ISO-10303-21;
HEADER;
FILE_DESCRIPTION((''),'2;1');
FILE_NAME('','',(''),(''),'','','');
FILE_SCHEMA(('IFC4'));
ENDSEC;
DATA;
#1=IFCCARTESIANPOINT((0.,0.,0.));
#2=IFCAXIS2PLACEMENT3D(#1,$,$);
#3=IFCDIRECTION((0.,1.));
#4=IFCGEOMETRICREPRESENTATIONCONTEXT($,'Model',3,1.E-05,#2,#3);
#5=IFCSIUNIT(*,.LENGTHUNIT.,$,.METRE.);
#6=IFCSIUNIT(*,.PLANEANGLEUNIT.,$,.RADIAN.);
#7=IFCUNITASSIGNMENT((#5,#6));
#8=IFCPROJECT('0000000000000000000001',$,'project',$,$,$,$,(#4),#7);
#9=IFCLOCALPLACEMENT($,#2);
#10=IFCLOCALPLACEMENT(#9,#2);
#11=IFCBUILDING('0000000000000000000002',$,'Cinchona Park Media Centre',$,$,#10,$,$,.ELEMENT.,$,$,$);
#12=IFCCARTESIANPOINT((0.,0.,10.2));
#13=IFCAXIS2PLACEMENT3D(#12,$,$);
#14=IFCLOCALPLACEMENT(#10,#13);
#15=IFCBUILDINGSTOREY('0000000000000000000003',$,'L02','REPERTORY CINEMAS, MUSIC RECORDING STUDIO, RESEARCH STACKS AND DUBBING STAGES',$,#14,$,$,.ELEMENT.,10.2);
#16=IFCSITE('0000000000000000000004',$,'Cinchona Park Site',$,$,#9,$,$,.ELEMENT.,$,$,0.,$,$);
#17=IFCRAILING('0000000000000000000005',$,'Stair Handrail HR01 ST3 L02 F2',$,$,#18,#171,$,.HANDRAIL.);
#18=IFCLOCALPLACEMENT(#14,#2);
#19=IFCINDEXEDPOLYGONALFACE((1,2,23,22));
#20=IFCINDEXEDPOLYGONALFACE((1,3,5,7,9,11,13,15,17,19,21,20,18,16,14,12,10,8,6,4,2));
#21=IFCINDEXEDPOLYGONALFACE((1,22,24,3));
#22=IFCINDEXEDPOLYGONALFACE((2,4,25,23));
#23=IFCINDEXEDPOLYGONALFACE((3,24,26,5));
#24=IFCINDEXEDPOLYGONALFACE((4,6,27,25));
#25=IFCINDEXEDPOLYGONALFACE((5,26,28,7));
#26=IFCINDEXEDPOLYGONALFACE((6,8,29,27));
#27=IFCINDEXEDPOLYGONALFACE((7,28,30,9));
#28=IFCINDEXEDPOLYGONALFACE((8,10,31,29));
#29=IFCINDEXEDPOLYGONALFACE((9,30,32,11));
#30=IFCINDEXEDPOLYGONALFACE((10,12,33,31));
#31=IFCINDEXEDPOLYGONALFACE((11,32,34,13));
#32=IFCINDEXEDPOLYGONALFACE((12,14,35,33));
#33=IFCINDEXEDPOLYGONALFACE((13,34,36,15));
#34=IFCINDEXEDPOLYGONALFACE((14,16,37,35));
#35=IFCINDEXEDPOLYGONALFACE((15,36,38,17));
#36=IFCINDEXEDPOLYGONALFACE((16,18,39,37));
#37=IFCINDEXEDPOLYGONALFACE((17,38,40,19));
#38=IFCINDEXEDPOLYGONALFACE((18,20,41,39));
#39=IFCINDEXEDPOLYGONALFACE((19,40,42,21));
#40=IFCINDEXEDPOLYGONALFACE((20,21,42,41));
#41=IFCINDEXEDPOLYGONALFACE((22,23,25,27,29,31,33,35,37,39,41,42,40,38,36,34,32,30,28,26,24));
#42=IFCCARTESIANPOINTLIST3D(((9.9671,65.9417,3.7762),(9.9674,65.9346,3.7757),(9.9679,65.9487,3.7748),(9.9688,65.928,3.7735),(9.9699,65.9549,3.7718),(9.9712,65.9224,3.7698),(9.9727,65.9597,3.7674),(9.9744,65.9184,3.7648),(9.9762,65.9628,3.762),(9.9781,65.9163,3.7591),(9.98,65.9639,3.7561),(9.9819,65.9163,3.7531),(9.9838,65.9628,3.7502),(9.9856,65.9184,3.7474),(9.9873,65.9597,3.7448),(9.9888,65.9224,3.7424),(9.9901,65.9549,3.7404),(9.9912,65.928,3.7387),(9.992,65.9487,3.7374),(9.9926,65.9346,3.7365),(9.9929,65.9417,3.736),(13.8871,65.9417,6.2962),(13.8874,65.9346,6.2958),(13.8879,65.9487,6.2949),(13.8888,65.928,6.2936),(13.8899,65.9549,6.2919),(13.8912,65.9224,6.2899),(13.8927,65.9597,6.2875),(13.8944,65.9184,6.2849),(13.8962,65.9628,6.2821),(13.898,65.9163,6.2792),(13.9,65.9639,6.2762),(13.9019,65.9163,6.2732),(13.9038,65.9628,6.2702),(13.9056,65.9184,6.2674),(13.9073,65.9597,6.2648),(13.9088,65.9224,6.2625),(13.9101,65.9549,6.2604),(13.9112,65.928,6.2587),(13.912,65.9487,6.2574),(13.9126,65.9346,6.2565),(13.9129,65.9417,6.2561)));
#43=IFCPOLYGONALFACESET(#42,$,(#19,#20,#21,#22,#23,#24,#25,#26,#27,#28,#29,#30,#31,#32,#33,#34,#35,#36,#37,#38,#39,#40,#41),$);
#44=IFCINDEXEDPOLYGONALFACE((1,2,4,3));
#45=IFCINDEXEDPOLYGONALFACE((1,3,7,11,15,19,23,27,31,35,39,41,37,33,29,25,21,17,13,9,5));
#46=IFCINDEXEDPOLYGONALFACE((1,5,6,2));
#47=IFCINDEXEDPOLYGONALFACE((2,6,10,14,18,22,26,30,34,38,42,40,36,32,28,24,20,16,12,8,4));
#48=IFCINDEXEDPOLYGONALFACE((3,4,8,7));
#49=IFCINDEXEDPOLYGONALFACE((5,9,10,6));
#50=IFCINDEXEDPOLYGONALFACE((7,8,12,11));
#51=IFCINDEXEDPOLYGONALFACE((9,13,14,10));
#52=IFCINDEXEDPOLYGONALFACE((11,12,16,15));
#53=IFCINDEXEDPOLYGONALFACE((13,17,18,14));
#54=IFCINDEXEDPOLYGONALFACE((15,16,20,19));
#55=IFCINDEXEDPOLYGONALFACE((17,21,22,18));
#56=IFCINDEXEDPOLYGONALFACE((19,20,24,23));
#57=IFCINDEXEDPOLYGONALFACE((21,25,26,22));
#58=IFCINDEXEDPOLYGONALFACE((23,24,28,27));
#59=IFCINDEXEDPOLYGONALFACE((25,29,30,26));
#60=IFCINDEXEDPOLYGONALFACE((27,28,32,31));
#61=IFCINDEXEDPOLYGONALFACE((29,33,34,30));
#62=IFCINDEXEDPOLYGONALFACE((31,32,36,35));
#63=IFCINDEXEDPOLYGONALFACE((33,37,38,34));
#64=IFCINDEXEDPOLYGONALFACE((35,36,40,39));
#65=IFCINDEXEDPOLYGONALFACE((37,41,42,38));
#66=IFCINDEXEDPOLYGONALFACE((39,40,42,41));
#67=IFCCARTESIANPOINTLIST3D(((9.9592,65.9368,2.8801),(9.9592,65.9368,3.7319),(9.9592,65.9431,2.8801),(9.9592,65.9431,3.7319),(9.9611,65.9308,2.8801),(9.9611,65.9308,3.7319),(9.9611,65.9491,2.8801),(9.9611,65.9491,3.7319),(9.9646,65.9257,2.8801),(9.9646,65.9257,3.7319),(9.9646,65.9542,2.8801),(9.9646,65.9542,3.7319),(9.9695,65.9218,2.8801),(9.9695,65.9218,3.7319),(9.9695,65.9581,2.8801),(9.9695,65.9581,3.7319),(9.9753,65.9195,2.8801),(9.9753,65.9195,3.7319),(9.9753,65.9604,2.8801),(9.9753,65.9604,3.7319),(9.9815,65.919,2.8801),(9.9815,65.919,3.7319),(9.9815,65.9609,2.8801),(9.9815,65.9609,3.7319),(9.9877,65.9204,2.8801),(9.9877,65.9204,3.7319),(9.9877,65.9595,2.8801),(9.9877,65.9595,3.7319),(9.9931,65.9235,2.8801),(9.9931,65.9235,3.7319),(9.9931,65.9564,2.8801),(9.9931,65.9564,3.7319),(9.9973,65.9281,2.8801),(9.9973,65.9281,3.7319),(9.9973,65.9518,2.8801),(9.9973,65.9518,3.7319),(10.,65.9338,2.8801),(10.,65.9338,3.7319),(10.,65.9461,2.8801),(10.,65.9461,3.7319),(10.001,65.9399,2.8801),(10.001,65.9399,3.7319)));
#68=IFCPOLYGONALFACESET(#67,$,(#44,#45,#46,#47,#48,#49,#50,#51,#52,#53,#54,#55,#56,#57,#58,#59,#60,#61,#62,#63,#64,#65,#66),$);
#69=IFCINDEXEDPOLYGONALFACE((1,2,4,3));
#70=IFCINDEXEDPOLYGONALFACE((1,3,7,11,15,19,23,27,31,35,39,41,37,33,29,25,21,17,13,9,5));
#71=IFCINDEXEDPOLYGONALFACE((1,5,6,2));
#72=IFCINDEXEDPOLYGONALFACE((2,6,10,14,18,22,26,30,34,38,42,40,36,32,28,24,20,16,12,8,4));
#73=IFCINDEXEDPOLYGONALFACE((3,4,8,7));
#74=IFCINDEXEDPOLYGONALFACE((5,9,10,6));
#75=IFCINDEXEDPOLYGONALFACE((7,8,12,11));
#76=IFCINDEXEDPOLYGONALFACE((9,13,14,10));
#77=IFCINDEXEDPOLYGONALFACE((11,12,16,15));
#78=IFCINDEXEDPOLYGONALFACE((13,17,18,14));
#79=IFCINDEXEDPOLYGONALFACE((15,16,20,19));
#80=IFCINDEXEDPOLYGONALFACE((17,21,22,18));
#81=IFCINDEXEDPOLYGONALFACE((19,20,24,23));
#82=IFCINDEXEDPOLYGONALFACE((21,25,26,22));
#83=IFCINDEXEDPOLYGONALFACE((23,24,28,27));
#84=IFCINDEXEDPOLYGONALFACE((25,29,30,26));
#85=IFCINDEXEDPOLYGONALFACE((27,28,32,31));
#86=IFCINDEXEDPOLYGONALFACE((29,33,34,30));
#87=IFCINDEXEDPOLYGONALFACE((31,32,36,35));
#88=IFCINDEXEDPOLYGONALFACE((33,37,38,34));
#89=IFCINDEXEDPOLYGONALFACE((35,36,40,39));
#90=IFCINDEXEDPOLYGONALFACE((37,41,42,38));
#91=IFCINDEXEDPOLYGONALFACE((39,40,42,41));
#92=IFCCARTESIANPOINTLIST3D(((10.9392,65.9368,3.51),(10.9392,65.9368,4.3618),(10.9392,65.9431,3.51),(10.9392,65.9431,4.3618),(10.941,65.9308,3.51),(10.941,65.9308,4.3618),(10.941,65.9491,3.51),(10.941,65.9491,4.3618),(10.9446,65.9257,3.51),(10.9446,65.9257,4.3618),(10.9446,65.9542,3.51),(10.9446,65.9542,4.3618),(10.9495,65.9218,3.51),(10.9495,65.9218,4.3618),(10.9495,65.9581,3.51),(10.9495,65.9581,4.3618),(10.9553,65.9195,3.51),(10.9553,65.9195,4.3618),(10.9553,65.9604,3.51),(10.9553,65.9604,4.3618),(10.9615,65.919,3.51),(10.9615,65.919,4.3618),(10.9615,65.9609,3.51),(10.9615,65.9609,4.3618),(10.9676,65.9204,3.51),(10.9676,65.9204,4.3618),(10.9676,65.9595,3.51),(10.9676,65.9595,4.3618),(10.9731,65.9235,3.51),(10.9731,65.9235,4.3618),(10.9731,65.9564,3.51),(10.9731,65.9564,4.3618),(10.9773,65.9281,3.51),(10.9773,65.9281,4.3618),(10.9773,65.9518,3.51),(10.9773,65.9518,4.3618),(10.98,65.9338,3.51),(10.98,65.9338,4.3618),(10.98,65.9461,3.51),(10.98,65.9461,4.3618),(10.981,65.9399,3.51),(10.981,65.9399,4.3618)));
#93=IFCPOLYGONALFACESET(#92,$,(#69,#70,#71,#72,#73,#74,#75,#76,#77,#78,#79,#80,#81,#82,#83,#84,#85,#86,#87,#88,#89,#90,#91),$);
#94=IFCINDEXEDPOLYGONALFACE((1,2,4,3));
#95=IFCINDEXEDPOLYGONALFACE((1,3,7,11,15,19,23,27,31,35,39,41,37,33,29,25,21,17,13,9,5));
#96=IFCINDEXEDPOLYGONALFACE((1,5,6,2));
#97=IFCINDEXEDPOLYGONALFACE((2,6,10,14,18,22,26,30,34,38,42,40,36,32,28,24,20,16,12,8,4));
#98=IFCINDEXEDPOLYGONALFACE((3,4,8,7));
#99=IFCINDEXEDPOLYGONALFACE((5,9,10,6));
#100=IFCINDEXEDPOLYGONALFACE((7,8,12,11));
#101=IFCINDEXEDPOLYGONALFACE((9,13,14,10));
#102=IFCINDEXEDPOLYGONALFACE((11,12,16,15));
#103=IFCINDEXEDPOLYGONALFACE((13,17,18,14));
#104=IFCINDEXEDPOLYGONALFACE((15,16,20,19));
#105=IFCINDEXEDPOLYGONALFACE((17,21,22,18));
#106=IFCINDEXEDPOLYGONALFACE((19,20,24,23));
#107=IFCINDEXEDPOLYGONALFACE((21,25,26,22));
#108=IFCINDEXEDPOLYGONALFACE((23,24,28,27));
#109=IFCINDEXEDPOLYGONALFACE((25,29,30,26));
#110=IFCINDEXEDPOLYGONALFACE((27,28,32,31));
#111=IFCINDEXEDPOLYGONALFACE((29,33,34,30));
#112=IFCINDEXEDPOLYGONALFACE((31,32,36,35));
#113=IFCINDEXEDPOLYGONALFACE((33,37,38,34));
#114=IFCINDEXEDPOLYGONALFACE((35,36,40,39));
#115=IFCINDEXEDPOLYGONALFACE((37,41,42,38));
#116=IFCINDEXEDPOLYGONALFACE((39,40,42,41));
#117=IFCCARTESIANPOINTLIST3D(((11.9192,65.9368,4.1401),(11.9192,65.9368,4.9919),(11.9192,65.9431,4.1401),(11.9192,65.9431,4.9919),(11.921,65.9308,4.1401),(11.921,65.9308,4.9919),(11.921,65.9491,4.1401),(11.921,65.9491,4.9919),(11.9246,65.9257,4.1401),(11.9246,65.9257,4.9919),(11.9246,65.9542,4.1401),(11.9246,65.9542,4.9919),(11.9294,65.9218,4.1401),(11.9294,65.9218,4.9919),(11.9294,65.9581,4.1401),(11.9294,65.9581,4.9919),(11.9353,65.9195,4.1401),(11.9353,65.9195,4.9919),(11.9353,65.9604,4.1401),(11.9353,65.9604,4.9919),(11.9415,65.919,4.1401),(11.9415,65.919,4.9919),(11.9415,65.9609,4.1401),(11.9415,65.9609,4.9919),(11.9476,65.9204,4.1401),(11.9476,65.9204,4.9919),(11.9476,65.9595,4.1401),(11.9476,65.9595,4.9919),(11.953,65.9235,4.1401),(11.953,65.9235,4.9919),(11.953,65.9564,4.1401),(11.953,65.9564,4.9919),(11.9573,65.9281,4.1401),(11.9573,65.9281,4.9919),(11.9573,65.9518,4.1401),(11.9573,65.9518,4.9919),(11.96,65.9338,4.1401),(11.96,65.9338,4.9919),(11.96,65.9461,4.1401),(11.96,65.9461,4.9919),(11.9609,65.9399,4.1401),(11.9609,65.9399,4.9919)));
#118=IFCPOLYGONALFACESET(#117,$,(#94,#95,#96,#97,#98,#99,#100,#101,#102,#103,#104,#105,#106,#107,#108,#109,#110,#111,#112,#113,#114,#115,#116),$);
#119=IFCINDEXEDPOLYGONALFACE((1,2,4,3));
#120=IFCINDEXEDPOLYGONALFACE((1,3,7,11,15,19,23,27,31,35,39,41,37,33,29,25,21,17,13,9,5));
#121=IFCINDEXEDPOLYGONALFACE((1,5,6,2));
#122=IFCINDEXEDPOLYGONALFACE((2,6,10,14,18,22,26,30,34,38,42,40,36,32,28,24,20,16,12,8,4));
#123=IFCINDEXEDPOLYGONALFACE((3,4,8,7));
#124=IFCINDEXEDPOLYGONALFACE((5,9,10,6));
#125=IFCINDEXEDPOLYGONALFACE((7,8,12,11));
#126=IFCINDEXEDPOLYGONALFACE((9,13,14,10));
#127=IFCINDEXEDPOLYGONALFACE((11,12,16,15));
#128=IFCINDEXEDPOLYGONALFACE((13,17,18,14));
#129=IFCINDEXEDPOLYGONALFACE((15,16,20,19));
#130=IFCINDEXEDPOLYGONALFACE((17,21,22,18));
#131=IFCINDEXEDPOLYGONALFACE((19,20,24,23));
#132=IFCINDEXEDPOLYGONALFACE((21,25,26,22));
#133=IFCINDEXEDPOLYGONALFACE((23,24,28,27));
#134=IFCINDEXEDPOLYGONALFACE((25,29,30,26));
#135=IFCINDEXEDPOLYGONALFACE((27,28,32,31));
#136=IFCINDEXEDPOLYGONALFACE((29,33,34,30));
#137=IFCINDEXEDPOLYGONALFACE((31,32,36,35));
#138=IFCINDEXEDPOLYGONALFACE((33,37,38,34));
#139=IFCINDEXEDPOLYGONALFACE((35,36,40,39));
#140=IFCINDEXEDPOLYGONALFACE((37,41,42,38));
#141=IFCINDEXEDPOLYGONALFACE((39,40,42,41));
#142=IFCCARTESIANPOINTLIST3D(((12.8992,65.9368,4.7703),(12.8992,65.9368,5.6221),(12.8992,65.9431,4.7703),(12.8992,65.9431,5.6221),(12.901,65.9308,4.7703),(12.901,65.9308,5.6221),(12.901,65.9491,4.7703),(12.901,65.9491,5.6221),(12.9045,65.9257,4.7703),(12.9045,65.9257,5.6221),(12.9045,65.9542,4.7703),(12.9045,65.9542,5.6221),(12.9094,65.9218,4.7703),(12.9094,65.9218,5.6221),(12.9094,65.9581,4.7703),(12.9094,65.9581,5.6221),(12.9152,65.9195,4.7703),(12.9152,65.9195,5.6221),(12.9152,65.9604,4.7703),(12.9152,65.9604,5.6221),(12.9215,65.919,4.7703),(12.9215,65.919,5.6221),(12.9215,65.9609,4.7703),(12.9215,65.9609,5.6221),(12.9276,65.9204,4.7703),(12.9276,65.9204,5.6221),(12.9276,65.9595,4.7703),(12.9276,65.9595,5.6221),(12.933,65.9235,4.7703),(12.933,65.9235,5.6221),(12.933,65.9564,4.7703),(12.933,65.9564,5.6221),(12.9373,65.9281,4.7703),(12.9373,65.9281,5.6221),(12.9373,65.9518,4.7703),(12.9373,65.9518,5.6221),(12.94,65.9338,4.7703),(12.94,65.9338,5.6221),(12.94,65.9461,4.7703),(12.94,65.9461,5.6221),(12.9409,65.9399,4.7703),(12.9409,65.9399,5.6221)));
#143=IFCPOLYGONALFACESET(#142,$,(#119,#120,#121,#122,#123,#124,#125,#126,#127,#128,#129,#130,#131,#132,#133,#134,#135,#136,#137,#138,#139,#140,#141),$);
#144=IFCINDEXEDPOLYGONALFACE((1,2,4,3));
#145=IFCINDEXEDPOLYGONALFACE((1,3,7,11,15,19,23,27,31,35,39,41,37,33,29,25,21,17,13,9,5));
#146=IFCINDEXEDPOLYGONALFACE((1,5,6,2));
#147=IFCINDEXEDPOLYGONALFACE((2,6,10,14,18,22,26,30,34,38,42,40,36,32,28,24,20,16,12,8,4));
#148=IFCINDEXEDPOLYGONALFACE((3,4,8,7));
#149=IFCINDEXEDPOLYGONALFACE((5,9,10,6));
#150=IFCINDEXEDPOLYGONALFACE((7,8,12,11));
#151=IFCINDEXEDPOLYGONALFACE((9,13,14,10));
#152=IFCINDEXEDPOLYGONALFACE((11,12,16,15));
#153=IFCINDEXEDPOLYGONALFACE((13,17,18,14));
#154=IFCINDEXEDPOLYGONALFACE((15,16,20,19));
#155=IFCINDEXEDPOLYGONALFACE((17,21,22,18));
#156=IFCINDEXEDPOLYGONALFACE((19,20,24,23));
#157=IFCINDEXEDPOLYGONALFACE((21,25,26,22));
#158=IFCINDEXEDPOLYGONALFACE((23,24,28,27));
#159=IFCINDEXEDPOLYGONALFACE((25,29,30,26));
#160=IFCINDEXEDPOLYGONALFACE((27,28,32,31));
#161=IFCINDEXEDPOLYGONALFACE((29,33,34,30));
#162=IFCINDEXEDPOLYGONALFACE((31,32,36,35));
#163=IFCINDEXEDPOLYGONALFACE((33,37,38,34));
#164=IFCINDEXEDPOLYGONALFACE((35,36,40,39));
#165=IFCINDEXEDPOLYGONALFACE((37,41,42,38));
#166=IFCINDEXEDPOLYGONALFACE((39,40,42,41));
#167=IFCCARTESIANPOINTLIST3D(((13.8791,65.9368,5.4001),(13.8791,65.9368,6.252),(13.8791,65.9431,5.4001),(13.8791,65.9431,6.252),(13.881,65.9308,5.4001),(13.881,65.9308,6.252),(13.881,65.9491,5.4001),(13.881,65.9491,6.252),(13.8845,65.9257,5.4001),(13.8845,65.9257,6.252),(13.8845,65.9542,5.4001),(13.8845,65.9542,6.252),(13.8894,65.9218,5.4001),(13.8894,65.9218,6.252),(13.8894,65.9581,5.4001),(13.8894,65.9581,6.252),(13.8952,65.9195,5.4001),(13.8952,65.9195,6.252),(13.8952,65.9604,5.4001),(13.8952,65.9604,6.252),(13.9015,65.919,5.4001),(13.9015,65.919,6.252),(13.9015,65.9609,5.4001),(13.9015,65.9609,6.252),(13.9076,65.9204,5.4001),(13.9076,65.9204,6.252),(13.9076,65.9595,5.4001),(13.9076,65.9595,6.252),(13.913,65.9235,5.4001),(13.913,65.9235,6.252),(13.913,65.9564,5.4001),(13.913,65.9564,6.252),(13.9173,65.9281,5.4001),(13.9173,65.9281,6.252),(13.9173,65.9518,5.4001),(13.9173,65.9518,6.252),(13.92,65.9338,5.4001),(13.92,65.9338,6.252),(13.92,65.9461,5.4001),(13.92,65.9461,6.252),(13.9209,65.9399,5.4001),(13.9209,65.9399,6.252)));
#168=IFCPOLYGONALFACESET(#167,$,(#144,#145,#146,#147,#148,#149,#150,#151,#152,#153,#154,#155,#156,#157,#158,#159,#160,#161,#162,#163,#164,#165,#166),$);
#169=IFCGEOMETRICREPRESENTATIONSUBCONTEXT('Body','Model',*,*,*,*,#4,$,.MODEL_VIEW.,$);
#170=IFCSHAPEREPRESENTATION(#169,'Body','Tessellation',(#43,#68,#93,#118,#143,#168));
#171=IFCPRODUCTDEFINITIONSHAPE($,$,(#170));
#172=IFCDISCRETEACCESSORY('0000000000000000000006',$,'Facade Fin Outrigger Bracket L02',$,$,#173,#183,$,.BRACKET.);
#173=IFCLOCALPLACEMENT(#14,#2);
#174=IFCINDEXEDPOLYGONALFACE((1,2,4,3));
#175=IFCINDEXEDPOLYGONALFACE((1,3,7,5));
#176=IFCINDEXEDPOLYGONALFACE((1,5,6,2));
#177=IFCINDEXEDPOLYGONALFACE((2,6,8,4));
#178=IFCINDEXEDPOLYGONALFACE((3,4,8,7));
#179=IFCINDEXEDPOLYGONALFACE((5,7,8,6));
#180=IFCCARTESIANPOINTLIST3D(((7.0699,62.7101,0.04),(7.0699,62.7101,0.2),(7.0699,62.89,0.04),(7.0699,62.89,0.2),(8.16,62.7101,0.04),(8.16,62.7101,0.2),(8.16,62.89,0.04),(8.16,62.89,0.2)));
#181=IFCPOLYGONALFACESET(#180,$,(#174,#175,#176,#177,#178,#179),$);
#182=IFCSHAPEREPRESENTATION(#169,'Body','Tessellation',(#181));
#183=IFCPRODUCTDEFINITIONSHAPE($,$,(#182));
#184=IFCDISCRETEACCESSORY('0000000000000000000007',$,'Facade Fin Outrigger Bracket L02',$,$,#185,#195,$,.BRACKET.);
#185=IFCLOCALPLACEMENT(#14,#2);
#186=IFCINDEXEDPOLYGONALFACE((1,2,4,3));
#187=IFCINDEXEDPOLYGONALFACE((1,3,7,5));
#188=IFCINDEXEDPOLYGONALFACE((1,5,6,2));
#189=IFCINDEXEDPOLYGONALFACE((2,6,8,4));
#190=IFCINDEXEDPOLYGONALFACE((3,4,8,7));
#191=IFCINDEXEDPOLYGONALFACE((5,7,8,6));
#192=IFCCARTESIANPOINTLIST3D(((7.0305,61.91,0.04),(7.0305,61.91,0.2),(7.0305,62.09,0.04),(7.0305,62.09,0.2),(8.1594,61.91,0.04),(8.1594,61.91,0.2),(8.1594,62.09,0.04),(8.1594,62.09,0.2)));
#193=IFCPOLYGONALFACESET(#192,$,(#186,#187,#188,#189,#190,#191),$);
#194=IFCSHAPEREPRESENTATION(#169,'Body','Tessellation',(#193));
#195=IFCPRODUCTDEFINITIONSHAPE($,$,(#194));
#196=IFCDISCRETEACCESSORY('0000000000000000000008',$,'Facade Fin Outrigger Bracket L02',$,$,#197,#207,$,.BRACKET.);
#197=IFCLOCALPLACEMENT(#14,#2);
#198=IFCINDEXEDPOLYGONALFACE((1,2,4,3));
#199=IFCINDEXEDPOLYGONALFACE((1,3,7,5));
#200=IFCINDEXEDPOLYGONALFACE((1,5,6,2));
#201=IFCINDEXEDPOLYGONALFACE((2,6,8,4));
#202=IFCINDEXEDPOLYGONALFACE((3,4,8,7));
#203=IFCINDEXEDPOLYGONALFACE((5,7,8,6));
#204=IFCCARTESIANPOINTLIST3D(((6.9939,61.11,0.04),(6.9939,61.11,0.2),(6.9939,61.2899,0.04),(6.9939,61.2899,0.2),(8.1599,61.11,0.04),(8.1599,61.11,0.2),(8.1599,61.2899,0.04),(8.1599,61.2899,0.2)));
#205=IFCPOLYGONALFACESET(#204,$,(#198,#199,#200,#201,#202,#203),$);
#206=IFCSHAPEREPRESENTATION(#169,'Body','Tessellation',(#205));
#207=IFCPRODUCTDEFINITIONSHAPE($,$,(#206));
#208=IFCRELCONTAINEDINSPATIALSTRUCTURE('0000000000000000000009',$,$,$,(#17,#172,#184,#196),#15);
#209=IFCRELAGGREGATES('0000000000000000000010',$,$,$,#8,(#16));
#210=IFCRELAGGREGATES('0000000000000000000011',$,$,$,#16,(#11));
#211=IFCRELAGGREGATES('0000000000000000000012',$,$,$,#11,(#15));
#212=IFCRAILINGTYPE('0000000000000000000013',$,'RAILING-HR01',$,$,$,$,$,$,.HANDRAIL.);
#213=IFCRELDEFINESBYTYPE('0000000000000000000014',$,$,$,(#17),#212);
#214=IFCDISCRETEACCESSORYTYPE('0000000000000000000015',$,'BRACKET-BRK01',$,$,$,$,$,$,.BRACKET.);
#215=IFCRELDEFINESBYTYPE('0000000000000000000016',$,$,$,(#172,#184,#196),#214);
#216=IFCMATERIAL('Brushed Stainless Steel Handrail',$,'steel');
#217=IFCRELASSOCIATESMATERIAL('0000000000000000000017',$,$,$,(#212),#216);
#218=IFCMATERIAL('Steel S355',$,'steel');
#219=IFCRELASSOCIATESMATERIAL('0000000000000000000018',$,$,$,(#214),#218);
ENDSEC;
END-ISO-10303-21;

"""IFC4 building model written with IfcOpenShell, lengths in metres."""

from ifc_helpers import new_model, si_unit, direction, frame, origin, origin_2d, place, context, subcontext, project, spatial, rectangle, circle, extrude, material, type_object, element, save


model = new_model("IFC4")

# Units and contexts
model_context = context("Model", 3, precision=1e-05, world=origin(), true_north=direction((0.0, 1.0)))
body_context = subcontext(model_context, "Body", "Model", "MODEL_VIEW")
ifc_project = project(units=[si_unit("LENGTHUNIT", "METRE"), si_unit("PLANEANGLEUNIT", "RADIAN")], contexts=[model_context])

# Site, building, storey
site_placement = place(None, origin())
site = spatial("IfcSite", under=ifc_project, at=site_placement, Name="Cinchona Park Site", CompositionType="ELEMENT", RefElevation=0.0)
building_placement = place(site_placement, origin())
building = spatial("IfcBuilding", under=site, at=building_placement, Name="Cinchona Park Media Centre", CompositionType="ELEMENT")
storey_placement = place(building_placement, frame((0.0, 0.0, 10.2)))
storey = spatial("IfcBuildingStorey", under=building, at=storey_placement, Name="L02", Description="REPERTORY CINEMAS, MUSIC RECORDING STUDIO, RESEARCH STACKS AND DUBBING STAGES", CompositionType="ELEMENT", Elevation=10.2)

# Railing
ifc_material_1 = material(Name="Brushed Stainless Steel Handrail", Category="steel")
railing_type_1 = type_object("IfcRailingType", Name="RAILING-HR01", PredefinedType="HANDRAIL", material=ifc_material_1)
railing_1_placement = place(storey_placement, frame((9.98, 65.9399, 2.8801)))
element("IfcRailing", 1, at=railing_1_placement, inside=storey, type_object=railing_type_1, Name="Stair Handrail HR01 ST3 L02 F2", PredefinedType="HANDRAIL", context=body_context, shape_type="SweptSolid", body=[
    extrude(circle(Radius=0.0239, at=origin_2d()), frame((0.0, 0.0, 0.876), z_axis=(0.841172, 0.0, 0.540768), x_axis=(0.0, 1.0, 0.0)), (0.0, 0.0, 1.0), 4.6602),
    extrude(circle(Radius=0.021, at=origin_2d()), origin(), (0.0, 0.0, 1.0), 0.8518),
    extrude(circle(Radius=0.021, at=origin_2d()), frame((0.98, 0.0, 0.6299)), (0.0, 0.0, 1.0), 0.8518),
    extrude(circle(Radius=0.021, at=origin_2d()), frame((1.96, 0.0, 1.26)), (0.0, 0.0, 1.0), 0.8518),
    extrude(circle(Radius=0.021, at=origin_2d()), frame((2.9399, 0.0, 1.8901)), (0.0, 0.0, 1.0), 0.8518),
    extrude(circle(Radius=0.021, at=origin_2d()), frame((3.9199, 0.0, 2.52)), (0.0, 0.0, 1.0), 0.8518),
])

# Discrete accessories
ifc_material_2 = material(Name="Steel S355", Category="steel")
discrete_accessory_type = type_object("IfcDiscreteAccessoryType", Name="BRACKET-BRK01", PredefinedType="BRACKET", material=ifc_material_2)
discrete_accessory_1_placement = place(storey_placement, frame((7.615, 62.8, 0.04), z_axis=(0.0, 0.0, 1.0), x_axis=(0.0, -1.0, 0.0)))
element("IfcDiscreteAccessory", 2, at=discrete_accessory_1_placement, inside=storey, type_object=discrete_accessory_type, Name="Facade Fin Outrigger Bracket L02", PredefinedType="BRACKET", context=body_context, shape_type="SweptSolid", body=[
    extrude(rectangle(XDim=0.1799, YDim=1.0901, at=origin_2d()), origin(), (0.0, 0.0, 1.0), 0.1599),
])
discrete_accessory_2_placement = place(storey_placement, frame((7.595, 62.0, 0.04), z_axis=(0.0, 0.0, 1.0), x_axis=(0.0, -1.0, 0.0)))
element("IfcDiscreteAccessory", 3, at=discrete_accessory_2_placement, inside=storey, type_object=discrete_accessory_type, Name="Facade Fin Outrigger Bracket L02", PredefinedType="BRACKET", context=body_context, shape_type="SweptSolid", body=[
    extrude(rectangle(XDim=0.1799, YDim=1.1289, at=origin_2d()), origin(), (0.0, 0.0, 1.0), 0.1599),
])
discrete_accessory_3_placement = place(storey_placement, frame((7.5769, 61.2, 0.04), z_axis=(0.0, 0.0, 1.0), x_axis=(0.0, -1.0, 0.0)))
element("IfcDiscreteAccessory", 4, at=discrete_accessory_3_placement, inside=storey, type_object=discrete_accessory_type, Name="Facade Fin Outrigger Bracket L02", PredefinedType="BRACKET", context=body_context, shape_type="SweptSolid", body=[
    extrude(rectangle(XDim=0.1799, YDim=1.166, at=origin_2d()), origin(), (0.0, 0.0, 1.0), 0.1599),
])

save(model, "model.ifc")
